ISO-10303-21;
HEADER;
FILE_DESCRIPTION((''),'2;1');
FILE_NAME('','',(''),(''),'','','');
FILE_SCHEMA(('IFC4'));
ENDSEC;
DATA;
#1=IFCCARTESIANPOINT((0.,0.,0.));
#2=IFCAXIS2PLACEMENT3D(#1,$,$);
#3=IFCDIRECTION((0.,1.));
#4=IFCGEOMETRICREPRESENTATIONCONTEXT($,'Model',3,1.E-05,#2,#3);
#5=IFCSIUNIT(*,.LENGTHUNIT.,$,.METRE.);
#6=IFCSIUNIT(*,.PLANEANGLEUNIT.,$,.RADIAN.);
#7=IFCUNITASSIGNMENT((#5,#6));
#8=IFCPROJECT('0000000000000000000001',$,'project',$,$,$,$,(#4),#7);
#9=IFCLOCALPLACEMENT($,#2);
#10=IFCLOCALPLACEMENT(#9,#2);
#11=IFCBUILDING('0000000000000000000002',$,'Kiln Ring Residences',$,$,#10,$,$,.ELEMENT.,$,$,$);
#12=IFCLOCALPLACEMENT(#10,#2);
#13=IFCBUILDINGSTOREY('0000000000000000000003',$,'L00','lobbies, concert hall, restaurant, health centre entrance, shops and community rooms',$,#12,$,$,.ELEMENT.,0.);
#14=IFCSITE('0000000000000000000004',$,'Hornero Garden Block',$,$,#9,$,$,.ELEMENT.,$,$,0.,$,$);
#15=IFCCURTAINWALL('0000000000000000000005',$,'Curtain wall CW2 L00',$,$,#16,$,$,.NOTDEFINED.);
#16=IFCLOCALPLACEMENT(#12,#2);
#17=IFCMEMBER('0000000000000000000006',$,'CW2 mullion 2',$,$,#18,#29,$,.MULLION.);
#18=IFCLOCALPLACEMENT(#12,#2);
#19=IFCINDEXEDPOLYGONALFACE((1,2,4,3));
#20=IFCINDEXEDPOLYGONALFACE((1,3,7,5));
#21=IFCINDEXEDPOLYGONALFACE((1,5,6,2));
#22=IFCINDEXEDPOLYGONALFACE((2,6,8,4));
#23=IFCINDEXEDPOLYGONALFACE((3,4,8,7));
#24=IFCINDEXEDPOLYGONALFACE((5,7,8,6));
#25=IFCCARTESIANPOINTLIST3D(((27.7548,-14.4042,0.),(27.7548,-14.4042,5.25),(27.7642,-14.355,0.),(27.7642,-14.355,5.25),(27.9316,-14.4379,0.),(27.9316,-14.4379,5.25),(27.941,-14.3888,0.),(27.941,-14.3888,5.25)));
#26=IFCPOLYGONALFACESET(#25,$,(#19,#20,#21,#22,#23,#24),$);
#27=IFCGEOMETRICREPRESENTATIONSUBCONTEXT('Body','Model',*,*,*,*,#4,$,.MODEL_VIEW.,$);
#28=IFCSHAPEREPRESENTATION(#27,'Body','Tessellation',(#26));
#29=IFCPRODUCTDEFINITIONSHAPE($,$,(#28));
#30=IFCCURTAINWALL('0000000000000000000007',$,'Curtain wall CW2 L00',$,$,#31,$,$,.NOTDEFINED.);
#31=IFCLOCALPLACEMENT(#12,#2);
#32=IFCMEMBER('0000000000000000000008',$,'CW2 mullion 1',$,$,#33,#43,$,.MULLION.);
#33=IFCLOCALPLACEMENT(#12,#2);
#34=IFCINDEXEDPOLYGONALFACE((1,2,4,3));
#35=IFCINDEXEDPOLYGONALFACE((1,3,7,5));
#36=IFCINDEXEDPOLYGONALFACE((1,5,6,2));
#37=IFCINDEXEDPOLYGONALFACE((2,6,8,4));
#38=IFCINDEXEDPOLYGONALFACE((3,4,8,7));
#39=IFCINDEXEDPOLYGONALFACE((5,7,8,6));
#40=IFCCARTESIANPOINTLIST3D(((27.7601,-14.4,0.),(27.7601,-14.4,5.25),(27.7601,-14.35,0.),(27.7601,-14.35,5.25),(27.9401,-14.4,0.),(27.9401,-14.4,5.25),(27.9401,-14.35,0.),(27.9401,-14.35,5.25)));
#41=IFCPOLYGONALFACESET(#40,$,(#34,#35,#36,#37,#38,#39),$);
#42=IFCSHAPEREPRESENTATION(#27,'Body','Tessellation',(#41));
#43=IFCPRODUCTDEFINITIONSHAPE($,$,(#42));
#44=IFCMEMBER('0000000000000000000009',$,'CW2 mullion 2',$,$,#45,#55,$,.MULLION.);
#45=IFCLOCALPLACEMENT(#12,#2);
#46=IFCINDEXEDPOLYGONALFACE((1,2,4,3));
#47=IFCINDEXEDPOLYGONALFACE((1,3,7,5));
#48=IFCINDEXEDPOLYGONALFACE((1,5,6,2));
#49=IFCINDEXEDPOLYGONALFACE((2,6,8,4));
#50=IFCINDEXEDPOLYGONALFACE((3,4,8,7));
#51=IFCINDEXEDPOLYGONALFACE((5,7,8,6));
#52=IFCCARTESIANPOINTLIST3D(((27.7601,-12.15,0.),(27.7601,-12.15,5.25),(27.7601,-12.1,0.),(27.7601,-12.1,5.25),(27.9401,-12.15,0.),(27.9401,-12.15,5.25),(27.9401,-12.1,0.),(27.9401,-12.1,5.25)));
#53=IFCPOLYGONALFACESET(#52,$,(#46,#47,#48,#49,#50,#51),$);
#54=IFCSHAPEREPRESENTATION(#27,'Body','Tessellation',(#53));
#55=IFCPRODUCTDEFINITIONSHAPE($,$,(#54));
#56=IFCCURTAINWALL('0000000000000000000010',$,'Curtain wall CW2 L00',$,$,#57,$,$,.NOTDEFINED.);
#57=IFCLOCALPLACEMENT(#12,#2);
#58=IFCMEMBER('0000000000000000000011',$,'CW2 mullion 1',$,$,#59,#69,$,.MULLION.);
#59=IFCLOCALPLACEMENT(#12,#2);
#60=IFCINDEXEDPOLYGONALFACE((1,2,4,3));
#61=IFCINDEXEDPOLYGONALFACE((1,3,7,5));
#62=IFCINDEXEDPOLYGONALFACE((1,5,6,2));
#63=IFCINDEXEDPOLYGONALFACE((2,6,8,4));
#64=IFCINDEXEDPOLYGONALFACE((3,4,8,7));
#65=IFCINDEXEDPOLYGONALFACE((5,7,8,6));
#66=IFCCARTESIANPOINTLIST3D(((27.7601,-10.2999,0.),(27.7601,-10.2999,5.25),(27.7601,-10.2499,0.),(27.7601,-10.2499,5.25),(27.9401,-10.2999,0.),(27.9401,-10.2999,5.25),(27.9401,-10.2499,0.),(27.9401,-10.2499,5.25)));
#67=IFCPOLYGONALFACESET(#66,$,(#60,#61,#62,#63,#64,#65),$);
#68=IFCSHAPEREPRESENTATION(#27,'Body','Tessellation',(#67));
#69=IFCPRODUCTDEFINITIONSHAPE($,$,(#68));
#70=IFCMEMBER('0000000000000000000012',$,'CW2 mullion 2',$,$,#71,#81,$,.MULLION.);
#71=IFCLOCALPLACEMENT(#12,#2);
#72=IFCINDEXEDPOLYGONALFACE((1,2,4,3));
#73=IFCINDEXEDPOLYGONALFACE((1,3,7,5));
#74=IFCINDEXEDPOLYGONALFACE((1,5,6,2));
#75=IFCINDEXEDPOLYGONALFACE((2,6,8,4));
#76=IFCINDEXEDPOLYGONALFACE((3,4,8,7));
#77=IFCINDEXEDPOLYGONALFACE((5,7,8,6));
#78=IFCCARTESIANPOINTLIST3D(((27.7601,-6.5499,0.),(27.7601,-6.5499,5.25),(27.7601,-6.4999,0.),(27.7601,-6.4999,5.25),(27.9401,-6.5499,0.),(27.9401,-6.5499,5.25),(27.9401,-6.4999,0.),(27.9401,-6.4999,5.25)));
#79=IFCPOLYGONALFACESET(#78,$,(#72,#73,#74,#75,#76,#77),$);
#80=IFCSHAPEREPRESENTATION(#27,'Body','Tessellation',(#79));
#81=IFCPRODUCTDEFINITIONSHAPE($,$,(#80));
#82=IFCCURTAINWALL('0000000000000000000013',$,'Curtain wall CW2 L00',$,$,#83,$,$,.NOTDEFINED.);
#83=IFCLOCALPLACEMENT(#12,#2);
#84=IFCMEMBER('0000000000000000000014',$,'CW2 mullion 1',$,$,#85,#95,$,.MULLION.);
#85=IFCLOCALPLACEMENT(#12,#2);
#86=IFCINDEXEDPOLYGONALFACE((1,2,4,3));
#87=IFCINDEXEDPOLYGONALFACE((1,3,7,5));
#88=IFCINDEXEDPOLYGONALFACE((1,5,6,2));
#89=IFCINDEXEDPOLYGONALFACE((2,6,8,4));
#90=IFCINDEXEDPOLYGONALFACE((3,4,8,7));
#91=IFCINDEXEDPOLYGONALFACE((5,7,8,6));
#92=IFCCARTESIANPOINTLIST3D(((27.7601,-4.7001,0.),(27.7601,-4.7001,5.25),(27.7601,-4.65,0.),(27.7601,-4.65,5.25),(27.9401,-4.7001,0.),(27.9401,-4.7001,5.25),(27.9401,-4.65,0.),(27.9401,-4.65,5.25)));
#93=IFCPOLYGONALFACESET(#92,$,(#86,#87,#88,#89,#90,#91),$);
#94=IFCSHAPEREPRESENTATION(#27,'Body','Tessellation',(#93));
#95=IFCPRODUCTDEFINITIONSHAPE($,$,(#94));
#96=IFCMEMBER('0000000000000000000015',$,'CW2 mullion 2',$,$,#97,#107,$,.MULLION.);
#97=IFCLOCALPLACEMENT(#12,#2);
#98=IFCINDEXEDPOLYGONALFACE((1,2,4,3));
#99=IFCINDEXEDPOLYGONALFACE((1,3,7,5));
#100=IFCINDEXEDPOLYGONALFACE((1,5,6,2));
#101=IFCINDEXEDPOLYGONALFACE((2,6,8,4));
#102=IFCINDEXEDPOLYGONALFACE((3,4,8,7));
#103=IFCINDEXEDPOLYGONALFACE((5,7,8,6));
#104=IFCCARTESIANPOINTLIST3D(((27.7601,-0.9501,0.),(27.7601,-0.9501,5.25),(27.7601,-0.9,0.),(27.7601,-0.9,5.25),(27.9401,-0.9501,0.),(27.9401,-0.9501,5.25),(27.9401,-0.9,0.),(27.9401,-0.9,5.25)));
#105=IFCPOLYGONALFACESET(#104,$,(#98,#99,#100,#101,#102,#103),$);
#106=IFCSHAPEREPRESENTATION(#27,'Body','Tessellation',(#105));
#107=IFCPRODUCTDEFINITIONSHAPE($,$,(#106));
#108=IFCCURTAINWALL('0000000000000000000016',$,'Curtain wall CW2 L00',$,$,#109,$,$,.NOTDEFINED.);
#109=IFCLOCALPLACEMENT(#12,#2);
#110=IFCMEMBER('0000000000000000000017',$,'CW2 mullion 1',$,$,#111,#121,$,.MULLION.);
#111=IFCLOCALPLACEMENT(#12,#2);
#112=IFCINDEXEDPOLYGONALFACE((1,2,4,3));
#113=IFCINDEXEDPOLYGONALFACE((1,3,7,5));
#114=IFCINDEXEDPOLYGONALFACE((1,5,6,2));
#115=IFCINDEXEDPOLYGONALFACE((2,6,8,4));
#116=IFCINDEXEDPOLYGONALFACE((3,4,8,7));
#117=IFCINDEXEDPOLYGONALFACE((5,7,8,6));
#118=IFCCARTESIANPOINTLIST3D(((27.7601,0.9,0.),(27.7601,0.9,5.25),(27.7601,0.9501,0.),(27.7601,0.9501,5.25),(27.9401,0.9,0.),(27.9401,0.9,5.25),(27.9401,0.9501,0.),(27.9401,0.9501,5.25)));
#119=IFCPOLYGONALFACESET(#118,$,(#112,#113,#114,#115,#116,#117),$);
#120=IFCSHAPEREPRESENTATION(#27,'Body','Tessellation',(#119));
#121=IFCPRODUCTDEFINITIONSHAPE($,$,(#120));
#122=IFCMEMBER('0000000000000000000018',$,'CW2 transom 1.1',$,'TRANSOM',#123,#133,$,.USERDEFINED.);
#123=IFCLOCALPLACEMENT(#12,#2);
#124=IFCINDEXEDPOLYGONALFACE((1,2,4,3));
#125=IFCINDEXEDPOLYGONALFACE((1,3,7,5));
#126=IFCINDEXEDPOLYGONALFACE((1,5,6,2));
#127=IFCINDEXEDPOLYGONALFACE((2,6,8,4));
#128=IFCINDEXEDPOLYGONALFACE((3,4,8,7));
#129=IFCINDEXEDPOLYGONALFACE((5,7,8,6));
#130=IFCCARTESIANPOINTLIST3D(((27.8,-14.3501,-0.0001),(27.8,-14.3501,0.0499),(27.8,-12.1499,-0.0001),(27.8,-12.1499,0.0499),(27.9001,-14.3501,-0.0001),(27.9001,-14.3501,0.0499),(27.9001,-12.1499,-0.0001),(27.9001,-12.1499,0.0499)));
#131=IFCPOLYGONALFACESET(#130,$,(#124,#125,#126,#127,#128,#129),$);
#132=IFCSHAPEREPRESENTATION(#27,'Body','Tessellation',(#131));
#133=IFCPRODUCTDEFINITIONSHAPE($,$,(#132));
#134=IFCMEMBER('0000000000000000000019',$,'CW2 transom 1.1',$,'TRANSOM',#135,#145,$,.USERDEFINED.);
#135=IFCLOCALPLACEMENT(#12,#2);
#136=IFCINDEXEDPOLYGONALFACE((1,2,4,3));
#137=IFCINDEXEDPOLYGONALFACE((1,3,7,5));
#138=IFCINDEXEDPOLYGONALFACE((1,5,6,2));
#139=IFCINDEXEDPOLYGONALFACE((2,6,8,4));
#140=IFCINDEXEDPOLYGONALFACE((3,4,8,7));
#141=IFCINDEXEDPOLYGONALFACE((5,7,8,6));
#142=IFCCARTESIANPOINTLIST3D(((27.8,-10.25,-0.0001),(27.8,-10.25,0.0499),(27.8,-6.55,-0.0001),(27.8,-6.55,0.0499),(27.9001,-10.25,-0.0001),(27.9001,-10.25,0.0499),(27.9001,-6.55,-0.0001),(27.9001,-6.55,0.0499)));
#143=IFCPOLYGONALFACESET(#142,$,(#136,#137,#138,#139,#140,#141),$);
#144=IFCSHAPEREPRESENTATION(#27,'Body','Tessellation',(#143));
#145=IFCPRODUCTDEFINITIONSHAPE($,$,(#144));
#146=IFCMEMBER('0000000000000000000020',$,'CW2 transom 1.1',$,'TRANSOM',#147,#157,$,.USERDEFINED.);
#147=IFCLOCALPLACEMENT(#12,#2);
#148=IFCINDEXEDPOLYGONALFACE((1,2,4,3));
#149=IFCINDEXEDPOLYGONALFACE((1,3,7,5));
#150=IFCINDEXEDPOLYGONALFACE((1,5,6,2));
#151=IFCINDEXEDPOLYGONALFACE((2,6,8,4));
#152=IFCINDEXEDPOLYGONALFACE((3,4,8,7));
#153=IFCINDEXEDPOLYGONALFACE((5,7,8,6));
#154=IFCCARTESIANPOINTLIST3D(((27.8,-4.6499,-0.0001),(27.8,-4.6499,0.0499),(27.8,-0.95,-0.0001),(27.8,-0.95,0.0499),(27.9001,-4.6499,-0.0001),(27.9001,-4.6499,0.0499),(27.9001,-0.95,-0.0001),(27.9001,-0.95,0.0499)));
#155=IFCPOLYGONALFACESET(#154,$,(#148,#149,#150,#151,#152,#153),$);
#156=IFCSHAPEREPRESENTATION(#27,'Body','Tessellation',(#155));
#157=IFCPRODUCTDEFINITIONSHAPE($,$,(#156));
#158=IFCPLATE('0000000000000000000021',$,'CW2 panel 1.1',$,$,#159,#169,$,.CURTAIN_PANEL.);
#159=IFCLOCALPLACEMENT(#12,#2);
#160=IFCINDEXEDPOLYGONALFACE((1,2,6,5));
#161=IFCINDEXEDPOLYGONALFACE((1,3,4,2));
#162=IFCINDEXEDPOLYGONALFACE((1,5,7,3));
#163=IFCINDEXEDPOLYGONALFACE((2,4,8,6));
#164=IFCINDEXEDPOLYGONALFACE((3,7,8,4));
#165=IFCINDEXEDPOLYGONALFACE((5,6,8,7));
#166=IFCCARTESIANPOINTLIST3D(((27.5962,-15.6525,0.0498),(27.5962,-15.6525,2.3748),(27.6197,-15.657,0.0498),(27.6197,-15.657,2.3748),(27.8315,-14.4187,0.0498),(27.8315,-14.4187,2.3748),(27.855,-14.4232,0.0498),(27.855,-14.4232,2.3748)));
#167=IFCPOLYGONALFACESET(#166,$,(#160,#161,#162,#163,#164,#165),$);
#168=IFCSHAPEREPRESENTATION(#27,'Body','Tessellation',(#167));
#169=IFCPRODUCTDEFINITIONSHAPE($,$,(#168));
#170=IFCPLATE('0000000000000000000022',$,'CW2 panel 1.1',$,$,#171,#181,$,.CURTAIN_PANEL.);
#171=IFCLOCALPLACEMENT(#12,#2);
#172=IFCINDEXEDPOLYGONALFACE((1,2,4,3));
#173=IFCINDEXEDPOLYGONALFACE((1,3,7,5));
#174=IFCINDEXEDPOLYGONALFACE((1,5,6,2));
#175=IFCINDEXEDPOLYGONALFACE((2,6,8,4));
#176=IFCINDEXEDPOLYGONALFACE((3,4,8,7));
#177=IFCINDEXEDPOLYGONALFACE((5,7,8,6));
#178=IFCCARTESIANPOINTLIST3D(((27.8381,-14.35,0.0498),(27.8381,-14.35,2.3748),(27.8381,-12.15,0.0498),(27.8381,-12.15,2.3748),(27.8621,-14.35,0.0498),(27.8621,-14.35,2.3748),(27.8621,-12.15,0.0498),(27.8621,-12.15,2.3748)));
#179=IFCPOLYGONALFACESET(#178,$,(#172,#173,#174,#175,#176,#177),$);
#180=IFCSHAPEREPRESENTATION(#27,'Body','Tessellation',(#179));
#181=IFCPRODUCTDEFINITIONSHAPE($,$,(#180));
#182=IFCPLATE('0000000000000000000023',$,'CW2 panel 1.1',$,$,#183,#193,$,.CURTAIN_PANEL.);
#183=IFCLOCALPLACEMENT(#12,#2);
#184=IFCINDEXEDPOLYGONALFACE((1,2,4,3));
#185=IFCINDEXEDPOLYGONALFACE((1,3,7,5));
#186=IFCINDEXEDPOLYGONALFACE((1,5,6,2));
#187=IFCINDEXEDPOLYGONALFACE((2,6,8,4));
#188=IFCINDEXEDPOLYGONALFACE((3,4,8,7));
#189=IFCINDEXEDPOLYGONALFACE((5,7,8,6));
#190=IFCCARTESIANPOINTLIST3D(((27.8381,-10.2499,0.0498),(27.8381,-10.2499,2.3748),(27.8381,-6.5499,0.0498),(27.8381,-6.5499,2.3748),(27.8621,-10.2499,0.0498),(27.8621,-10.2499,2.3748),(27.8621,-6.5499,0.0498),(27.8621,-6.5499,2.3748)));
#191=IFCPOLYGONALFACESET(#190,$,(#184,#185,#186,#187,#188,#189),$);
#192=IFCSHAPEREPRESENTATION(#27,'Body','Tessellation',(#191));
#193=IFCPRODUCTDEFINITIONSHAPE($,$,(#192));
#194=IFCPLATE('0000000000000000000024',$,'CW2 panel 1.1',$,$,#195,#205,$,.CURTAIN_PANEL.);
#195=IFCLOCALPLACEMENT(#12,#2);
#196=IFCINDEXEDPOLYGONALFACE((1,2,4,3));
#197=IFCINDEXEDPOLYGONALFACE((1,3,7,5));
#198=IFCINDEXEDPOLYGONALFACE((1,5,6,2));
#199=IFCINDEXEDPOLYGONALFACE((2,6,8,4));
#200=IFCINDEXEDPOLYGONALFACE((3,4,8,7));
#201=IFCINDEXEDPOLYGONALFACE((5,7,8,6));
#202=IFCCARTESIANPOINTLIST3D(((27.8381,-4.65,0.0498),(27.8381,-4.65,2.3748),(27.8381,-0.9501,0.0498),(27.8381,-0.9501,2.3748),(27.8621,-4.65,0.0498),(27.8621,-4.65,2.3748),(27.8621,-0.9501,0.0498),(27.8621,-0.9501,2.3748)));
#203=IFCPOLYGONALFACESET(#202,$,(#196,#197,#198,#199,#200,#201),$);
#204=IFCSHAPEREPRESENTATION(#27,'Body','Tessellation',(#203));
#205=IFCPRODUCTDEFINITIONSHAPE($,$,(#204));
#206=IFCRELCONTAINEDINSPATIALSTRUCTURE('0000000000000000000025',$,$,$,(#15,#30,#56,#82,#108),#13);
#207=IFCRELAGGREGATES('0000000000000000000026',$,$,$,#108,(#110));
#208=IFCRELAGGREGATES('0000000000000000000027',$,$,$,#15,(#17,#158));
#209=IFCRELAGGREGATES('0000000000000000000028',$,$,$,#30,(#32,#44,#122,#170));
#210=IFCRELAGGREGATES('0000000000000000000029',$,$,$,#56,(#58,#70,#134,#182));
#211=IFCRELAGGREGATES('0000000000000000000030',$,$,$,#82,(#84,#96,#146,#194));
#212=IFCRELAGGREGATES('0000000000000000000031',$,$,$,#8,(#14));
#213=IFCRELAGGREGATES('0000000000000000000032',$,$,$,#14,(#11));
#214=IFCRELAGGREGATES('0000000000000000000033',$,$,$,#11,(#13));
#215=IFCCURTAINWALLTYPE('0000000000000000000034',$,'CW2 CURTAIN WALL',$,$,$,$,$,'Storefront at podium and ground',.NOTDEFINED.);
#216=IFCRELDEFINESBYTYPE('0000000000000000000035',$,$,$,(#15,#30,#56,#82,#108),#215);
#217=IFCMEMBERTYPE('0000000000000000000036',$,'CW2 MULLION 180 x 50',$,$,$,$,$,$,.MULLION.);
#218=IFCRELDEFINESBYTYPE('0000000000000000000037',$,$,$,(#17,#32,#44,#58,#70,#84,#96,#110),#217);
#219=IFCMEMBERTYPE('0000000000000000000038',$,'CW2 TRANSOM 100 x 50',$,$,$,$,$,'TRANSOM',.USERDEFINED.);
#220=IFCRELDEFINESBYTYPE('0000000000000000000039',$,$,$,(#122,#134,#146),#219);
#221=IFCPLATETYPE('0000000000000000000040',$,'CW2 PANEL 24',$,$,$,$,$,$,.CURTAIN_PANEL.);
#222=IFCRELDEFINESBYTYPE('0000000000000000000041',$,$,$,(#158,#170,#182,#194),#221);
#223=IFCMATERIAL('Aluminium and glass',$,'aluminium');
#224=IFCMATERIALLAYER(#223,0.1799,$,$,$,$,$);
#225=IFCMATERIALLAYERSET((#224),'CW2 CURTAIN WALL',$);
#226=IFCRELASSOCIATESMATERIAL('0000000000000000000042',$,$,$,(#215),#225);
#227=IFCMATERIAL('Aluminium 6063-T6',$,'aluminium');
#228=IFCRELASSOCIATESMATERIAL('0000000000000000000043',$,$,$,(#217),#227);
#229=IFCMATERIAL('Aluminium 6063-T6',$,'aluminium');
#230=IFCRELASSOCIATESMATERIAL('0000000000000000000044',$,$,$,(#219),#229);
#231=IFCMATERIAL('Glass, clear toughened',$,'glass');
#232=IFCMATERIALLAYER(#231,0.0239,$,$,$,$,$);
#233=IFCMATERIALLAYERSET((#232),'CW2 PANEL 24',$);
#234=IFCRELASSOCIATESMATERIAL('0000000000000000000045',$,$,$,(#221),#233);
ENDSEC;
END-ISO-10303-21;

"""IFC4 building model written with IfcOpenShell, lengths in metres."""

from ifc_helpers import new_model, si_unit, direction, frame, origin, origin_2d, place, context, subcontext, project, spatial, rectangle, extrude, material, layer, layer_set, material_profile, profile_set, type_object, element, aggregate, save


model = new_model("IFC4")

# Units and contexts
model_context = context("Model", 3, precision=1e-05, world=origin(), true_north=direction((0.0, 1.0)))
body_context = subcontext(model_context, "Body", "Model", "MODEL_VIEW")
ifc_project = project(units=[si_unit("LENGTHUNIT", "METRE"), si_unit("PLANEANGLEUNIT", "RADIAN")], contexts=[model_context])

# Site, building, storey
site_placement = place(None, origin())
site = spatial("IfcSite", under=ifc_project, at=site_placement, Name="Hornero Garden Block", CompositionType="ELEMENT", RefElevation=0.0)
building_placement = place(site_placement, origin())
building = spatial("IfcBuilding", under=site, at=building_placement, Name="Kiln Ring Residences", CompositionType="ELEMENT")
storey_placement = place(building_placement, origin())
storey = spatial("IfcBuildingStorey", under=building, at=storey_placement, Name="L00", Description="lobbies, concert hall, restaurant, health centre entrance, shops and community rooms", CompositionType="ELEMENT", Elevation=0.0)

# Curtain wall, member
ifc_material_1 = material(Name="Aluminium and glass", Category="aluminium")
ifc_layer_1 = layer(ifc_material_1, 0.1799)
ifc_layer_set_1 = layer_set([ifc_layer_1], Name="CW2 CURTAIN WALL")
curtain_wall_type = type_object("IfcCurtainWallType", Name="CW2 CURTAIN WALL", ElementType="Storefront at podium and ground", PredefinedType="NOTDEFINED", material=ifc_layer_set_1)
placement = place(storey_placement, origin())
curtain_wall_1 = element("IfcCurtainWall", 1, at=placement, inside=storey, type_object=curtain_wall_type, Name="Curtain wall CW2 L00", PredefinedType="NOTDEFINED")
ifc_material_2 = material(Name="Aluminium 6063-T6", Category="aluminium")
ifc_material_profile_1 = material_profile(ifc_material_2, rectangle(XDim=0.1799, YDim=0.05, at=origin_2d()), Name="AL 180x50")
ifc_profile_set_1 = profile_set([ifc_material_profile_1], Name="Aluminium 6063-T6")
member_type_1 = type_object("IfcMemberType", Name="CW2 MULLION 180 x 50", PredefinedType="MULLION", material=ifc_profile_set_1)
member_1_placement = place(storey_placement, frame((27.8479, -14.3965, 0.0), z_axis=(0.0, 0.0, 1.0), x_axis=(-0.98229, 0.187366, 0.0)))
member_1 = element("IfcMember", 2, at=member_1_placement, type_object=member_type_1, Name="CW2 mullion 2", PredefinedType="MULLION", context=body_context, shape_type="SweptSolid", body=[
    extrude(rectangle(XDim=0.1799, YDim=0.05, at=origin_2d()), origin(), (0.0, 0.0, 1.0), 5.25),
])

# Curtain walls, members
curtain_wall_2 = element("IfcCurtainWall", 3, at=placement, inside=storey, type_object=curtain_wall_type, Name="Curtain wall CW2 L00", PredefinedType="NOTDEFINED")
member_2_placement = place(storey_placement, frame((27.8501, -14.375, 0.0), z_axis=(0.0, 0.0, 1.0), x_axis=(-1.0, 0.0, 0.0)))
member_2 = element("IfcMember", 4, at=member_2_placement, type_object=member_type_1, Name="CW2 mullion 1", PredefinedType="MULLION", context=body_context, shape_type="SweptSolid", body=[
    extrude(rectangle(XDim=0.1799, YDim=0.05, at=origin_2d()), origin(), (0.0, 0.0, 1.0), 5.25),
])
member_3_placement = place(storey_placement, frame((27.8501, -12.125, 0.0), z_axis=(0.0, 0.0, 1.0), x_axis=(-1.0, 0.0, 0.0)))
member_3 = element("IfcMember", 5, at=member_3_placement, type_object=member_type_1, Name="CW2 mullion 2", PredefinedType="MULLION", context=body_context, shape_type="SweptSolid", body=[
    extrude(rectangle(XDim=0.1799, YDim=0.05, at=origin_2d()), origin(), (0.0, 0.0, 1.0), 5.25),
])
curtain_wall_3 = element("IfcCurtainWall", 6, at=placement, inside=storey, type_object=curtain_wall_type, Name="Curtain wall CW2 L00", PredefinedType="NOTDEFINED")
member_4_placement = place(storey_placement, frame((27.8501, -10.2749, 0.0), z_axis=(0.0, 0.0, 1.0), x_axis=(-1.0, 0.0, 0.0)))
member_4 = element("IfcMember", 7, at=member_4_placement, type_object=member_type_1, Name="CW2 mullion 1", PredefinedType="MULLION", context=body_context, shape_type="SweptSolid", body=[
    extrude(rectangle(XDim=0.1799, YDim=0.05, at=origin_2d()), origin(), (0.0, 0.0, 1.0), 5.25),
])
member_5_placement = place(storey_placement, frame((27.8501, -6.5249, 0.0), z_axis=(0.0, 0.0, 1.0), x_axis=(-1.0, 0.0, 0.0)))
member_5 = element("IfcMember", 8, at=member_5_placement, type_object=member_type_1, Name="CW2 mullion 2", PredefinedType="MULLION", context=body_context, shape_type="SweptSolid", body=[
    extrude(rectangle(XDim=0.1799, YDim=0.05, at=origin_2d()), origin(), (0.0, 0.0, 1.0), 5.25),
])
curtain_wall_4 = element("IfcCurtainWall", 9, at=placement, inside=storey, type_object=curtain_wall_type, Name="Curtain wall CW2 L00", PredefinedType="NOTDEFINED")
member_6_placement = place(storey_placement, frame((27.8501, -4.675, 0.0), z_axis=(0.0, 0.0, 1.0), x_axis=(-1.0, 0.0, 0.0)))
member_6 = element("IfcMember", 10, at=member_6_placement, type_object=member_type_1, Name="CW2 mullion 1", PredefinedType="MULLION", context=body_context, shape_type="SweptSolid", body=[
    extrude(rectangle(XDim=0.1799, YDim=0.05, at=origin_2d()), origin(), (0.0, 0.0, 1.0), 5.25),
])
member_7_placement = place(storey_placement, frame((27.8501, -0.925, 0.0), z_axis=(0.0, 0.0, 1.0), x_axis=(-1.0, 0.0, 0.0)))
member_7 = element("IfcMember", 11, at=member_7_placement, type_object=member_type_1, Name="CW2 mullion 2", PredefinedType="MULLION", context=body_context, shape_type="SweptSolid", body=[
    extrude(rectangle(XDim=0.1799, YDim=0.05, at=origin_2d()), origin(), (0.0, 0.0, 1.0), 5.25),
])

# Curtain wall, member
curtain_wall_5 = element("IfcCurtainWall", 12, at=placement, inside=storey, type_object=curtain_wall_type, Name="Curtain wall CW2 L00", PredefinedType="NOTDEFINED")
member_8_placement = place(storey_placement, frame((27.8501, 0.925, 0.0), z_axis=(0.0, 0.0, 1.0), x_axis=(-1.0, 0.0, 0.0)))
member_8 = element("IfcMember", 13, at=member_8_placement, type_object=member_type_1, Name="CW2 mullion 1", PredefinedType="MULLION", context=body_context, shape_type="SweptSolid", body=[
    extrude(rectangle(XDim=0.1799, YDim=0.05, at=origin_2d()), origin(), (0.0, 0.0, 1.0), 5.25),
])
aggregate(curtain_wall_5, [member_8])

# Members
ifc_material_3 = material(Name="Aluminium 6063-T6", Category="aluminium")
ifc_material_profile_2 = material_profile(ifc_material_3, rectangle(XDim=0.1001, YDim=0.05, at=origin_2d()), Name="AL 100x50")
ifc_profile_set_2 = profile_set([ifc_material_profile_2], Name="Aluminium 6063-T6")
member_type_2 = type_object("IfcMemberType", Name="CW2 TRANSOM 100 x 50", ElementType="TRANSOM", PredefinedType="USERDEFINED", material=ifc_profile_set_2)
member_9_placement = place(storey_placement, frame((27.8501, -14.3501, 0.0249), z_axis=(0.0, 1.0, 0.0), x_axis=(-1.0, 0.0, 0.0)))
member_9 = element("IfcMember", 14, at=member_9_placement, type_object=member_type_2, Name="CW2 transom 1.1", ObjectType="TRANSOM", PredefinedType="USERDEFINED", context=body_context, shape_type="SweptSolid", body=[
    extrude(rectangle(XDim=0.1001, YDim=0.05, at=origin_2d()), origin(), (0.0, 0.0, 1.0), 2.2002),
])
member_10_placement = place(storey_placement, frame((27.8501, -10.25, 0.0249), z_axis=(0.0, 1.0, 0.0), x_axis=(-1.0, 0.0, 0.0)))
member_10 = element("IfcMember", 15, at=member_10_placement, type_object=member_type_2, Name="CW2 transom 1.1", ObjectType="TRANSOM", PredefinedType="USERDEFINED", context=body_context, shape_type="SweptSolid", body=[
    extrude(rectangle(XDim=0.1001, YDim=0.05, at=origin_2d()), origin(), (0.0, 0.0, 1.0), 3.7),
])
member_11_placement = place(storey_placement, frame((27.8501, -4.6499, 0.0249), z_axis=(0.0, 1.0, 0.0), x_axis=(-1.0, 0.0, 0.0)))
member_11 = element("IfcMember", 16, at=member_11_placement, type_object=member_type_2, Name="CW2 transom 1.1", ObjectType="TRANSOM", PredefinedType="USERDEFINED", context=body_context, shape_type="SweptSolid", body=[
    extrude(rectangle(XDim=0.1001, YDim=0.05, at=origin_2d()), origin(), (0.0, 0.0, 1.0), 3.7),
])

# Plates
ifc_material_4 = material(Name="Glass, clear toughened", Category="glass")
ifc_layer_2 = layer(ifc_material_4, 0.0239)
ifc_layer_set_2 = layer_set([ifc_layer_2], Name="CW2 PANEL 24")
plate_type = type_object("IfcPlateType", Name="CW2 PANEL 24", PredefinedType="CURTAIN_PANEL", material=ifc_layer_set_2)
plate_1_placement = place(storey_placement, frame((27.7256, -15.0378, 0.0498), z_axis=(0.0, 0.0, 1.0), x_axis=(0.187366, 0.98229, 0.0)))
plate_1 = element("IfcPlate", 17, at=plate_1_placement, type_object=plate_type, Name="CW2 panel 1.1", PredefinedType="CURTAIN_PANEL", context=body_context, shape_type="SweptSolid", body=[
    extrude(rectangle(XDim=1.2561, YDim=0.0239, at=origin_2d()), origin(), (0.0, 0.0, 1.0), 2.325),
])
aggregate(curtain_wall_1, [member_1, plate_1])
plate_2_placement = place(storey_placement, frame((27.8501, -13.25, 0.0498), z_axis=(0.0, 0.0, 1.0), x_axis=(0.0, 1.0, 0.0)))
plate_2 = element("IfcPlate", 18, at=plate_2_placement, type_object=plate_type, Name="CW2 panel 1.1", PredefinedType="CURTAIN_PANEL", context=body_context, shape_type="SweptSolid", body=[
    extrude(rectangle(XDim=2.2, YDim=0.0239, at=origin_2d()), origin(), (0.0, 0.0, 1.0), 2.325),
])
aggregate(curtain_wall_2, [member_2, member_3, member_9, plate_2])
plate_3_placement = place(storey_placement, frame((27.8501, -8.3999, 0.0498), z_axis=(0.0, 0.0, 1.0), x_axis=(0.0, 1.0, 0.0)))
plate_3 = element("IfcPlate", 19, at=plate_3_placement, type_object=plate_type, Name="CW2 panel 1.1", PredefinedType="CURTAIN_PANEL", context=body_context, shape_type="SweptSolid", body=[
    extrude(rectangle(XDim=3.7, YDim=0.0239, at=origin_2d()), origin(), (0.0, 0.0, 1.0), 2.325),
])
aggregate(curtain_wall_3, [member_4, member_5, member_10, plate_3])
plate_4_placement = place(storey_placement, frame((27.8501, -2.8, 0.0498), z_axis=(0.0, 0.0, 1.0), x_axis=(0.0, 1.0, 0.0)))
plate_4 = element("IfcPlate", 20, at=plate_4_placement, type_object=plate_type, Name="CW2 panel 1.1", PredefinedType="CURTAIN_PANEL", context=body_context, shape_type="SweptSolid", body=[
    extrude(rectangle(XDim=3.7, YDim=0.0239, at=origin_2d()), origin(), (0.0, 0.0, 1.0), 2.325),
])
aggregate(curtain_wall_4, [member_6, member_7, member_11, plate_4])

save(model, "model.ifc")
